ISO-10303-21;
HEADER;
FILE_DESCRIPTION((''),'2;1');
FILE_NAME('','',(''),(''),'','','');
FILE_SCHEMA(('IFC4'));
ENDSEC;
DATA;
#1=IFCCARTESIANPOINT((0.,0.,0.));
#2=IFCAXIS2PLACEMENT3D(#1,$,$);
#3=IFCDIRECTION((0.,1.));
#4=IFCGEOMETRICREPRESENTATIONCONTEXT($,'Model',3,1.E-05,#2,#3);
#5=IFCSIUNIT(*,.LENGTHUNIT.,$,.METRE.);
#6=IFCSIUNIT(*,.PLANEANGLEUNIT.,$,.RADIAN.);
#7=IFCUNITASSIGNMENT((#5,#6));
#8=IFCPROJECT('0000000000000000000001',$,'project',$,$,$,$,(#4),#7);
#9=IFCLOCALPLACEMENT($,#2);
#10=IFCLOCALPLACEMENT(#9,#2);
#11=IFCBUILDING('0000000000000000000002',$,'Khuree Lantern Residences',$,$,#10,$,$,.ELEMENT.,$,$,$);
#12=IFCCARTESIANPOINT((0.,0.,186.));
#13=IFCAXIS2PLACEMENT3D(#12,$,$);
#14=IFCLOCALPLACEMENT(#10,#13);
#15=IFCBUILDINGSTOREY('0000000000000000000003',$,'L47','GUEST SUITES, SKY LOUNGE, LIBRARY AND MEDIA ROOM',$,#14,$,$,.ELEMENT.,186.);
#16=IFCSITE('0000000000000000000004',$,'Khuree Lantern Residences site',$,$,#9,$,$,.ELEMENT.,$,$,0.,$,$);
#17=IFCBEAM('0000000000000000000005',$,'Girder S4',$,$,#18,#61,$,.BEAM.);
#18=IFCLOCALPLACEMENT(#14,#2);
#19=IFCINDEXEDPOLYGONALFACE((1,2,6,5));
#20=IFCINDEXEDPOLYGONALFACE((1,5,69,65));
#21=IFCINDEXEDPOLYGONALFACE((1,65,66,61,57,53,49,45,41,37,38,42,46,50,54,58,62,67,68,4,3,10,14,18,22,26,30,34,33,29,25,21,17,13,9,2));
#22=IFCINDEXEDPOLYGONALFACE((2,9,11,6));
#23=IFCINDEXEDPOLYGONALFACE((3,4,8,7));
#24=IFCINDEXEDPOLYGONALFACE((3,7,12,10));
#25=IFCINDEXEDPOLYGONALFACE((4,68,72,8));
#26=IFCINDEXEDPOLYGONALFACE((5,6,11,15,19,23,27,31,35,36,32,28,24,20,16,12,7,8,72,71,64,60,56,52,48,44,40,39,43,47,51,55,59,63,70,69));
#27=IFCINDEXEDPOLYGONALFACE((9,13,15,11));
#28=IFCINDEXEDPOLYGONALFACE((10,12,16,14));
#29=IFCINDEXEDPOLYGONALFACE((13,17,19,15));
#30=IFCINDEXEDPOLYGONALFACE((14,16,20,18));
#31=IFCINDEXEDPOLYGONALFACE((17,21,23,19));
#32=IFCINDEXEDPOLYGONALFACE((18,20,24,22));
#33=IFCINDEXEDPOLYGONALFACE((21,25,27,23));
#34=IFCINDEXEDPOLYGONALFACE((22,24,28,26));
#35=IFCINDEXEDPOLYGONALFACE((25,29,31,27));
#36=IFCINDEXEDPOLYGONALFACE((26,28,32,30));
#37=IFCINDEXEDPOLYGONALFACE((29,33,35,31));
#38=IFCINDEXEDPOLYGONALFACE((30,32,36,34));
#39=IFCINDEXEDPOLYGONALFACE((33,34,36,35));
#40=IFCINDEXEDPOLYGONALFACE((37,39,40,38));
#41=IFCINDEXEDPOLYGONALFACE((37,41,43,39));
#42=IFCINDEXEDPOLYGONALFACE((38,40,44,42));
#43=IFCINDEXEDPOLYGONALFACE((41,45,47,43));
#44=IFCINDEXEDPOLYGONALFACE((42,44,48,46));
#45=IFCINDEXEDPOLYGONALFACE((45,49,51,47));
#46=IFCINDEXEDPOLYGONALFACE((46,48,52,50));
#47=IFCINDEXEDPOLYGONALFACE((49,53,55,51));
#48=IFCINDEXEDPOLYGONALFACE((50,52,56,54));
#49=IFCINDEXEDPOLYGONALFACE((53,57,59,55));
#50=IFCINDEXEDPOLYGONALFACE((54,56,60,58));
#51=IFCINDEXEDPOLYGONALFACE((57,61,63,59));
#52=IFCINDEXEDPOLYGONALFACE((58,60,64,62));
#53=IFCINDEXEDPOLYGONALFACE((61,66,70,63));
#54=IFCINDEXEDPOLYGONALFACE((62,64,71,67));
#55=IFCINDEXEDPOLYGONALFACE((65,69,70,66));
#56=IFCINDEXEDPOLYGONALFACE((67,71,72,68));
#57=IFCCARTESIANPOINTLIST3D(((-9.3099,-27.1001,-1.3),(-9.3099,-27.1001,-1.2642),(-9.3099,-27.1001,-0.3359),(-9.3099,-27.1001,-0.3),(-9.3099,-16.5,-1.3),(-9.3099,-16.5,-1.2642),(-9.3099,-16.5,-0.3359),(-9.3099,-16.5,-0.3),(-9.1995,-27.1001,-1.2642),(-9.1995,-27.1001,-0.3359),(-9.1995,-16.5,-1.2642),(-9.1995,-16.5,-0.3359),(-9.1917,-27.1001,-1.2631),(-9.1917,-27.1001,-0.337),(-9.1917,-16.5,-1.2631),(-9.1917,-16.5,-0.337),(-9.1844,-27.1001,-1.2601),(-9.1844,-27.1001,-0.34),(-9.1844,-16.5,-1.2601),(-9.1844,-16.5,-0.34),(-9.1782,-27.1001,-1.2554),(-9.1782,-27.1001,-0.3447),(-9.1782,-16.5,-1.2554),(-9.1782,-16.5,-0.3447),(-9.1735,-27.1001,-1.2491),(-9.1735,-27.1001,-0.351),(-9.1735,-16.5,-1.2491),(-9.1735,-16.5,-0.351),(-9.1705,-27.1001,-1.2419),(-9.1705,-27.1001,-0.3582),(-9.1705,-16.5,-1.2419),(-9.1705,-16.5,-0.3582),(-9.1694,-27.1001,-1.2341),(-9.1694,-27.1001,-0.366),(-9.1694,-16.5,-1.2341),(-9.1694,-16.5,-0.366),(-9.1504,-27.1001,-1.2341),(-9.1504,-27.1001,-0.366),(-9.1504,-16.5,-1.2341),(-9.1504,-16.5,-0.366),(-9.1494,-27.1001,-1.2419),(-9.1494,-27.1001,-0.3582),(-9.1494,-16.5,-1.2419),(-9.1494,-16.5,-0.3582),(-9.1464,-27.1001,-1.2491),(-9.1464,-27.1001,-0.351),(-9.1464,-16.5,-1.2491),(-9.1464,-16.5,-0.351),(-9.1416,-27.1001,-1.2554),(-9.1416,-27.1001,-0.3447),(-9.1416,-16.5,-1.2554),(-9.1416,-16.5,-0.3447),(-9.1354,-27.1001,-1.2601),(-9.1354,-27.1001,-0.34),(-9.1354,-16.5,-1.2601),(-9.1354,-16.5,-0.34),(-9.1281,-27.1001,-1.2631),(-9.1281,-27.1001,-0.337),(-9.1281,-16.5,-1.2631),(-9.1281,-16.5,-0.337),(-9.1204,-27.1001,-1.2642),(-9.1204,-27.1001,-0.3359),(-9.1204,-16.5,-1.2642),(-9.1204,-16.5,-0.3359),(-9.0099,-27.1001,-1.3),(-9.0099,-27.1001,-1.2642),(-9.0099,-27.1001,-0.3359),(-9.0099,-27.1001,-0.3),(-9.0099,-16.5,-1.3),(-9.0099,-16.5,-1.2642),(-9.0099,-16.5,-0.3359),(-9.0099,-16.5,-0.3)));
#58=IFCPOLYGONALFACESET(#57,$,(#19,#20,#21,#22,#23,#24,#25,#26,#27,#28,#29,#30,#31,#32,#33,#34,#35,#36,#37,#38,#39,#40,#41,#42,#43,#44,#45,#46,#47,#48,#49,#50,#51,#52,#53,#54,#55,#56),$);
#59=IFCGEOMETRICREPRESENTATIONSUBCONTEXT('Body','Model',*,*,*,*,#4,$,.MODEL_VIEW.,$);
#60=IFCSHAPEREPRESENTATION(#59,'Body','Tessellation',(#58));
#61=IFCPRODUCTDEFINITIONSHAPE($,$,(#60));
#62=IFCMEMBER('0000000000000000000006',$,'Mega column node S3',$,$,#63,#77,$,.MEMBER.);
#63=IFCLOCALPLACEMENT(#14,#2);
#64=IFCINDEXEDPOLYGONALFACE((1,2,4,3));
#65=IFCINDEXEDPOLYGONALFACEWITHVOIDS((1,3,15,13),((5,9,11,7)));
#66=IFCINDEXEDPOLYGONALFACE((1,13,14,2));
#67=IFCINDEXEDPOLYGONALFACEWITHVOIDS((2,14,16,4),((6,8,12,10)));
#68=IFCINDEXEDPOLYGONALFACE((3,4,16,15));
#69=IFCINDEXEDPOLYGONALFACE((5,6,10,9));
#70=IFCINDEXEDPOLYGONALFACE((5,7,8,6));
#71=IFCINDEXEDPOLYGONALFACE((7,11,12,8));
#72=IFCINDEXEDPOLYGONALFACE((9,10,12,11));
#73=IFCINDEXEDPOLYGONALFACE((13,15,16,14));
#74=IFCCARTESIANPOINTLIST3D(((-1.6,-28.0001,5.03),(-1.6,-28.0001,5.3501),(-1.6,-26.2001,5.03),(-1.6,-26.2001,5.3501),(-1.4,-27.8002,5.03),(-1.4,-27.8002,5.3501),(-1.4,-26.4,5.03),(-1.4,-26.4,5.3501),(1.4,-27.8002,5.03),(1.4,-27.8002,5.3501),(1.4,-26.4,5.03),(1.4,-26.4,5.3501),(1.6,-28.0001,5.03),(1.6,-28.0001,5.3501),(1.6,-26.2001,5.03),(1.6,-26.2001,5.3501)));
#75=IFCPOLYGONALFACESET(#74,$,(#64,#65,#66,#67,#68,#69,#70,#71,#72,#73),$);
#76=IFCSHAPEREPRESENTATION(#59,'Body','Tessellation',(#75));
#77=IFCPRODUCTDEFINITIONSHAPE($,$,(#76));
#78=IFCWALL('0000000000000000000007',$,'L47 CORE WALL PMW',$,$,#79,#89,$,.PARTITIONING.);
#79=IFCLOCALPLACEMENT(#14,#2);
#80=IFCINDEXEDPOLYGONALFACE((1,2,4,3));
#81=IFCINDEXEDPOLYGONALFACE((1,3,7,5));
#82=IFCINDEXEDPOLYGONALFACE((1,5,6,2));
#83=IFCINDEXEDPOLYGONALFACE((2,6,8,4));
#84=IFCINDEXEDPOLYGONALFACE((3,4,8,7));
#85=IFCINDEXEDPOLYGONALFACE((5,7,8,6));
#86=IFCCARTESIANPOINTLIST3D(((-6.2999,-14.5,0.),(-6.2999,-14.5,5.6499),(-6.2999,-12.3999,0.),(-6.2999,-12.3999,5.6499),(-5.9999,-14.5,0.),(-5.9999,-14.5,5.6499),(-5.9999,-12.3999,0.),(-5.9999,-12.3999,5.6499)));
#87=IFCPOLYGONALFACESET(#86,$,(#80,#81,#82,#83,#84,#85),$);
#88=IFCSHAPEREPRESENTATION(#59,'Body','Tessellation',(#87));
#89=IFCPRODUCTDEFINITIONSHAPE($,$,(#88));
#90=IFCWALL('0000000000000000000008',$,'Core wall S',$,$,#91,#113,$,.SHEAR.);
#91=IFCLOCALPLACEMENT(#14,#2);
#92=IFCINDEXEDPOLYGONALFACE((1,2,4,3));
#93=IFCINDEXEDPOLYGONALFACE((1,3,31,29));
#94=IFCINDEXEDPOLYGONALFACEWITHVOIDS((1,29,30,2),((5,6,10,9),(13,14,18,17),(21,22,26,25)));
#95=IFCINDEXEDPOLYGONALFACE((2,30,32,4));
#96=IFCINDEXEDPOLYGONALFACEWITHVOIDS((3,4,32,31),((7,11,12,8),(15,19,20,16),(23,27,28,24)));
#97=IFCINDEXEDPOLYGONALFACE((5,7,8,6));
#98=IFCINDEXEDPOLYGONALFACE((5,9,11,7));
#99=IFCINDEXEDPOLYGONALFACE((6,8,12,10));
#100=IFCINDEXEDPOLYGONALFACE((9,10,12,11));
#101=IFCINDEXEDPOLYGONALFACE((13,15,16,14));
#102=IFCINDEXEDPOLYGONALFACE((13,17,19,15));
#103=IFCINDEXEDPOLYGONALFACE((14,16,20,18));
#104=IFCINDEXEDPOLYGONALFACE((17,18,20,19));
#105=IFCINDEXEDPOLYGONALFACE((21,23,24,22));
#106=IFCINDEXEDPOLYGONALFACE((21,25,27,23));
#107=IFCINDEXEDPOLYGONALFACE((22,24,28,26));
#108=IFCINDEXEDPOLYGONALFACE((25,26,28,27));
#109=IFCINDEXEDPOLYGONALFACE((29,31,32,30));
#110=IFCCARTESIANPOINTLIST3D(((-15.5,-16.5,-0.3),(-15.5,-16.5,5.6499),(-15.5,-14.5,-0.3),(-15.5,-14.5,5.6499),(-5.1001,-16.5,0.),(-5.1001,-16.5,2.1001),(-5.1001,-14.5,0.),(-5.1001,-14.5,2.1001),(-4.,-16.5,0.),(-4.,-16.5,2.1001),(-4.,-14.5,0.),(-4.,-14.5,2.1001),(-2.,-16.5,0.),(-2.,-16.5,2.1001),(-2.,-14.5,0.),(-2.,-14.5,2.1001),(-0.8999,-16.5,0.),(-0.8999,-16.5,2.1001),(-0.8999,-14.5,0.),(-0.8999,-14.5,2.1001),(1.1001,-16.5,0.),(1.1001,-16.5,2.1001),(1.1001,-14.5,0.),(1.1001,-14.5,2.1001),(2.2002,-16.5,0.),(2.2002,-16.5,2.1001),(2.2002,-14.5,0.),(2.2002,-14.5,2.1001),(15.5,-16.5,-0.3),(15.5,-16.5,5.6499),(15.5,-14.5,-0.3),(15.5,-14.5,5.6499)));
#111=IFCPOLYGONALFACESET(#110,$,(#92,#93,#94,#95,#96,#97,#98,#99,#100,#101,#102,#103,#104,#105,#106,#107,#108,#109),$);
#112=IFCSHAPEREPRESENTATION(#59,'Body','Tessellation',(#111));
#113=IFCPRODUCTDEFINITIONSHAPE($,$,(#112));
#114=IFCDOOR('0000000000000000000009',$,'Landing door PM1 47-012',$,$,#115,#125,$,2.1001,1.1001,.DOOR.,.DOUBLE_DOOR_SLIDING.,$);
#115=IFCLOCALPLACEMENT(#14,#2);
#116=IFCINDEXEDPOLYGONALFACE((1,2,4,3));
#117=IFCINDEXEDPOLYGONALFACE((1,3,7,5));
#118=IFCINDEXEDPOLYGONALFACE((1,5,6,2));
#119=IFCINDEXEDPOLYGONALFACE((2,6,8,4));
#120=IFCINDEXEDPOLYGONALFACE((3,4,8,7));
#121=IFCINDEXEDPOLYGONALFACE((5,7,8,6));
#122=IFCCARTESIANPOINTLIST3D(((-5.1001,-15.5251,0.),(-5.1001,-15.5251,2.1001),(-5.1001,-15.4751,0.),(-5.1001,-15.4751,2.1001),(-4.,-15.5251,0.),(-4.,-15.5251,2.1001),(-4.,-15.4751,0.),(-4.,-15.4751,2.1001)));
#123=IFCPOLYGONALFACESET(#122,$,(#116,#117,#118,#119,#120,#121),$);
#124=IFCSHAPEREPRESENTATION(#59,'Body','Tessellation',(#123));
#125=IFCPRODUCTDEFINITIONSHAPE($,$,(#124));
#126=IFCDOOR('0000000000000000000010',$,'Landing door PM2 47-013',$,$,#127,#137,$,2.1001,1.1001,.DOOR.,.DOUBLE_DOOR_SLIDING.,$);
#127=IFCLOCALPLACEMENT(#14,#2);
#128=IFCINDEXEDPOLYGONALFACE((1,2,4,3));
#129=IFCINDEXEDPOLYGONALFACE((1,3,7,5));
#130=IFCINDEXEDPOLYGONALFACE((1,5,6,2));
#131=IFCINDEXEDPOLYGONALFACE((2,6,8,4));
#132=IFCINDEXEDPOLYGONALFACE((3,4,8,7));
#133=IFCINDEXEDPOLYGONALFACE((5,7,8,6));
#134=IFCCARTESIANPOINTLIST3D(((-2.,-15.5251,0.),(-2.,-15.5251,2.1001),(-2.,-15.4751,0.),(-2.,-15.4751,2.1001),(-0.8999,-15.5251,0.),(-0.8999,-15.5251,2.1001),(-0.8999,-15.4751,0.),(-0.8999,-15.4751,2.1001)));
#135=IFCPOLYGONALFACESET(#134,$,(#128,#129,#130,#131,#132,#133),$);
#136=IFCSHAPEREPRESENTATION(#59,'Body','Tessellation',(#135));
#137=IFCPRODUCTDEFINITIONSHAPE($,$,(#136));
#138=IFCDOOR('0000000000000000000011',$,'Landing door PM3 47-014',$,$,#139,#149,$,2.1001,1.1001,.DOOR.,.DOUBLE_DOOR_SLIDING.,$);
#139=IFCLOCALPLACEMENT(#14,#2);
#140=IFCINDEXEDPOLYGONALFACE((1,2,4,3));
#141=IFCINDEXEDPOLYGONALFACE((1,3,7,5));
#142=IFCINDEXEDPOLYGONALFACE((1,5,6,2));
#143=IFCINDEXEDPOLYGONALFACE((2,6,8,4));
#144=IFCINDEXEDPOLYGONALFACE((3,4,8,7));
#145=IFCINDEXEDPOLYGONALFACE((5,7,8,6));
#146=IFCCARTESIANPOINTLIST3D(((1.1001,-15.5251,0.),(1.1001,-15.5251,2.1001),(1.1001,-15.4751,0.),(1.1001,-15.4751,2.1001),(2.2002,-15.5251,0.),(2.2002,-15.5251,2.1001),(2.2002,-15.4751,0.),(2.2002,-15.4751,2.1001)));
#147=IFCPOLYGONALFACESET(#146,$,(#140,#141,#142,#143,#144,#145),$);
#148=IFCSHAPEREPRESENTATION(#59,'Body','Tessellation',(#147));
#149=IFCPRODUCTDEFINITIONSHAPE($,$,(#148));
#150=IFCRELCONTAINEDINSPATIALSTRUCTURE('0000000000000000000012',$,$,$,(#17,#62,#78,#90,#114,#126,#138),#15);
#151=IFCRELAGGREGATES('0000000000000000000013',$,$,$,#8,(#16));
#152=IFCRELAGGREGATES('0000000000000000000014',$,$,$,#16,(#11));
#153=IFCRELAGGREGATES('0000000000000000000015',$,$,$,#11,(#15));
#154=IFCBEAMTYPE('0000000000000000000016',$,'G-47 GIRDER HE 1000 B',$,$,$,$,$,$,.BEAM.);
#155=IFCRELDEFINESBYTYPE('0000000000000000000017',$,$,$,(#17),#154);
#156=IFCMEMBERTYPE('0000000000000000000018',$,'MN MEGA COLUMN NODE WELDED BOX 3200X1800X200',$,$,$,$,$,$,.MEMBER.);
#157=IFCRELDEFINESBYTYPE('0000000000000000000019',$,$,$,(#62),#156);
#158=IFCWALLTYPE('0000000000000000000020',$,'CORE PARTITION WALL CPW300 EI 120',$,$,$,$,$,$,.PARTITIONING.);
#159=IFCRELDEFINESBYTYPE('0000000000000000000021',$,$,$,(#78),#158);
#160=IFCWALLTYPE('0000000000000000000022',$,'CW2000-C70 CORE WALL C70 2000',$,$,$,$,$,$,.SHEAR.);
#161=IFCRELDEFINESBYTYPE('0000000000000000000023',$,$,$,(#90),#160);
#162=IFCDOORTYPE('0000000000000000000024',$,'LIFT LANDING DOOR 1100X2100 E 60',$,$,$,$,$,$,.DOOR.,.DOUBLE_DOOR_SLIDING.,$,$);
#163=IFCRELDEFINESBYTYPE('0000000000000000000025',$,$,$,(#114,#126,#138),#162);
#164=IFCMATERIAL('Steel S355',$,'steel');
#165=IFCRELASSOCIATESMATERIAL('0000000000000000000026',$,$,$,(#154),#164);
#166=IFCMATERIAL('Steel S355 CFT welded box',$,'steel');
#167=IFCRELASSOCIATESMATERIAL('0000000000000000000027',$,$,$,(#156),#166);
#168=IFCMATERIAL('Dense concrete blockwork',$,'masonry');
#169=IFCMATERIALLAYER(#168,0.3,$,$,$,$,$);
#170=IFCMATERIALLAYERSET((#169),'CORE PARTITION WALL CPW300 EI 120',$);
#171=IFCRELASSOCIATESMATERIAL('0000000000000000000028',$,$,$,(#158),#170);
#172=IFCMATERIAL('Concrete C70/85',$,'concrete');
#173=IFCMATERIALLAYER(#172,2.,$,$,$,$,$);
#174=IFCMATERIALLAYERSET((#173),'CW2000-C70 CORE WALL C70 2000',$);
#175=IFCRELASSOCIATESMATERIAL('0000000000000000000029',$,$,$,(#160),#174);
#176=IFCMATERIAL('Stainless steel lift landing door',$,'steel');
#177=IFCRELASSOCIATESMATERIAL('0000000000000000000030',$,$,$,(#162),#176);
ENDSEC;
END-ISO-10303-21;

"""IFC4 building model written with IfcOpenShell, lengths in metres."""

from ifc_helpers import new_model, si_unit, direction, frame, frame_2d, origin, origin_2d, place, context, subcontext, project, spatial, rectangle, hollow_rectangle, i_section, extrude, material, layer, layer_set, material_profile, profile_set, type_object, element, fill, save


model = new_model("IFC4")

# Units and contexts
model_context = context("Model", 3, precision=1e-05, world=origin(), true_north=direction((0.0, 1.0)))
body_context = subcontext(model_context, "Body", "Model", "MODEL_VIEW")
ifc_project = project(units=[si_unit("LENGTHUNIT", "METRE"), si_unit("PLANEANGLEUNIT", "RADIAN")], contexts=[model_context])

# Site, building, storey
site_placement = place(None, origin())
site = spatial("IfcSite", under=ifc_project, at=site_placement, Name="Khuree Lantern Residences site", CompositionType="ELEMENT", RefElevation=0.0)
building_placement = place(site_placement, origin())
building = spatial("IfcBuilding", under=site, at=building_placement, Name="Khuree Lantern Residences", CompositionType="ELEMENT")
storey_placement = place(building_placement, frame((0.0, 0.0, 186.0)))
storey = spatial("IfcBuildingStorey", under=building, at=storey_placement, Name="L47", Description="GUEST SUITES, SKY LOUNGE, LIBRARY AND MEDIA ROOM", CompositionType="ELEMENT", Elevation=186.0)

# Shared definitions
ifc_material_1 = material(Name="Concrete C70/85", Category="concrete")
ifc_material_2 = material(Name="Steel S355 CFT welded box", Category="steel")

# Beam
ifc_material_3 = material(Name="Steel S355", Category="steel")
ifc_material_profile_1 = material_profile(ifc_material_3, i_section(OverallWidth=0.3, OverallDepth=1.0, WebThickness=0.019, FlangeThickness=0.0359, FilletRadius=0.03, at=origin_2d()), Name="HE 1000 B")
ifc_profile_set_1 = profile_set([ifc_material_profile_1], Name="Steel S355")
beam_type_1 = type_object("IfcBeamType", Name="G-47 GIRDER HE 1000 B", PredefinedType="BEAM", material=ifc_profile_set_1)
for number, where, z_axis, x_axis, name in (
    (1, (-9.1599, -27.1001, -0.8), (0.0, 1.0, 0.0), (-1.0, 0.0, 0.0), "Girder S4"),
):
    element("IfcBeam", number, at=place(storey_placement, frame(where, z_axis=z_axis, x_axis=x_axis)), inside=storey, type_object=beam_type_1, Name=name, PredefinedType="BEAM", context=body_context, shape_type="SweptSolid", body=[
        extrude(i_section(OverallWidth=0.3, OverallDepth=1.0, WebThickness=0.019, FlangeThickness=0.0359, FilletRadius=0.03, at=origin_2d()), origin(), (0.0, 0.0, 1.0), 10.6001),
    ])

# Member
ifc_material_profile_2 = material_profile(ifc_material_2, hollow_rectangle(XDim=3.2, YDim=1.8, WallThickness=0.2, at=origin_2d()), Name="WELDED BOX 3200X1800X200")
ifc_profile_set_2 = profile_set([ifc_material_profile_2], Name="Steel S355 CFT welded box")
member_type = type_object("IfcMemberType", Name="MN MEGA COLUMN NODE WELDED BOX 3200X1800X200", PredefinedType="MEMBER", material=ifc_profile_set_2)
member_placement = place(storey_placement, frame((0.0, -27.1001, 5.03), z_axis=(0.0, 0.0, 1.0), x_axis=(1.0, 0.0, 0.0)))
element("IfcMember", 2, at=member_placement, inside=storey, type_object=member_type, Name="Mega column node S3", PredefinedType="MEMBER", context=body_context, shape_type="SweptSolid", body=[
    extrude(hollow_rectangle(XDim=3.2, YDim=1.8, WallThickness=0.2, at=origin_2d()), origin(), (0.0, 0.0, 1.0), 0.3201),
])

# Wall
ifc_material_4 = material(Name="Dense concrete blockwork", Category="masonry")
ifc_layer_1 = layer(ifc_material_4, 0.3)
ifc_layer_set_1 = layer_set([ifc_layer_1], Name="CORE PARTITION WALL CPW300 EI 120")
wall_type_1 = type_object("IfcWallType", Name="CORE PARTITION WALL CPW300 EI 120", PredefinedType="PARTITIONING", material=ifc_layer_set_1)
wall_1_placement = place(storey_placement, frame((-6.1499, -14.5, 0.0), z_axis=(0.0, 0.0, 1.0), x_axis=(0.0, 1.0, 0.0)))
element("IfcWall", 3, at=wall_1_placement, inside=storey, type_object=wall_type_1, Name="L47 CORE WALL PMW", PredefinedType="PARTITIONING", context=body_context, shape_type="SweptSolid", body=[
    extrude(rectangle(XDim=2.1001, YDim=0.3, at=frame_2d((1.05, 0.0))), origin(), (0.0, 0.0, 1.0), 5.6499),
])

# Wall, openings, doors
ifc_layer_2 = layer(ifc_material_1, 2.0)
ifc_layer_set_2 = layer_set([ifc_layer_2], Name="CW2000-C70 CORE WALL C70 2000")
wall_type_2 = type_object("IfcWallType", Name="CW2000-C70 CORE WALL C70 2000", PredefinedType="SHEAR", material=ifc_layer_set_2)
wall_2_placement = place(storey_placement, frame((-15.5, -15.5, -0.3), z_axis=(0.0, 0.0, 1.0), x_axis=(1.0, 0.0, 0.0)))
wall_2 = element("IfcWall", 4, at=wall_2_placement, inside=storey, type_object=wall_type_2, Name="Core wall S", PredefinedType="SHEAR", context=body_context, shape_type="SweptSolid", body=[
    extrude(rectangle(XDim=31.0, YDim=2.0, at=frame_2d((15.5, 0.0))), origin(), (0.0, 0.0, 1.0), 5.95),
])
opening_1_placement = place(wall_2_placement, frame((10.3999, 0.0, 0.3)))
opening_1 = element("IfcOpeningElement", 5, at=opening_1_placement, cuts=wall_2, PredefinedType="OPENING", context=body_context, shape_type="SweptSolid", body=[
    extrude(rectangle(XDim=1.1001, YDim=2.1001, at=frame_2d((0.55, 1.05))), frame((0.0, 1.01, 0.0), z_axis=(0.0, -1.0, 0.0), x_axis=(1.0, 0.0, 0.0)), (0.0, 0.0, 1.0), 2.02),
])
opening_2_placement = place(wall_2_placement, frame((13.5, 0.0, 0.3)))
opening_2 = element("IfcOpeningElement", 6, at=opening_2_placement, cuts=wall_2, PredefinedType="OPENING", context=body_context, shape_type="SweptSolid", body=[
    extrude(rectangle(XDim=1.1001, YDim=2.1001, at=frame_2d((0.55, 1.05))), frame((0.0, 1.01, 0.0), z_axis=(0.0, -1.0, 0.0), x_axis=(1.0, 0.0, 0.0)), (0.0, 0.0, 1.0), 2.02),
])
opening_3_placement = place(wall_2_placement, frame((16.6001, 0.0, 0.3)))
opening_3 = element("IfcOpeningElement", 7, at=opening_3_placement, cuts=wall_2, PredefinedType="OPENING", context=body_context, shape_type="SweptSolid", body=[
    extrude(rectangle(XDim=1.1001, YDim=2.1001, at=frame_2d((0.55, 1.05))), frame((0.0, 1.01, 0.0), z_axis=(0.0, -1.0, 0.0), x_axis=(1.0, 0.0, 0.0)), (0.0, 0.0, 1.0), 2.02),
])
ifc_material_5 = material(Name="Stainless steel lift landing door", Category="steel")
door_type_1 = type_object("IfcDoorType", Name="LIFT LANDING DOOR 1100X2100 E 60", OperationType="DOUBLE_DOOR_SLIDING", PredefinedType="DOOR", material=ifc_material_5)
door_1_placement = place(opening_1_placement, origin())
door_1 = element("IfcDoor", 8, at=door_1_placement, inside=storey, type_object=door_type_1, Name="Landing door PM1 47-012", OperationType="DOUBLE_DOOR_SLIDING", OverallHeight=2.1001, OverallWidth=1.1001, PredefinedType="DOOR", context=body_context, shape_type="SweptSolid", body=[
    extrude(rectangle(XDim=1.1001, YDim=2.1001, at=frame_2d((0.55, 1.05))), frame((0.0, 0.0249, 0.0), z_axis=(0.0, -1.0, 0.0), x_axis=(1.0, 0.0, 0.0)), (0.0, 0.0, 1.0), 0.05),
])
fill(opening_1, door_1)
door_2_placement = place(opening_2_placement, origin())
door_2 = element("IfcDoor", 9, at=door_2_placement, inside=storey, type_object=door_type_1, Name="Landing door PM2 47-013", OperationType="DOUBLE_DOOR_SLIDING", OverallHeight=2.1001, OverallWidth=1.1001, PredefinedType="DOOR", context=body_context, shape_type="SweptSolid", body=[
    extrude(rectangle(XDim=1.1001, YDim=2.1001, at=frame_2d((0.55, 1.05))), frame((0.0, 0.0249, 0.0), z_axis=(0.0, -1.0, 0.0), x_axis=(1.0, 0.0, 0.0)), (0.0, 0.0, 1.0), 0.05),
])
fill(opening_2, door_2)
door_3_placement = place(opening_3_placement, origin())
door_3 = element("IfcDoor", 10, at=door_3_placement, inside=storey, type_object=door_type_1, Name="Landing door PM3 47-014", OperationType="DOUBLE_DOOR_SLIDING", OverallHeight=2.1001, OverallWidth=1.1001, PredefinedType="DOOR", context=body_context, shape_type="SweptSolid", body=[
    extrude(rectangle(XDim=1.1001, YDim=2.1001, at=frame_2d((0.55, 1.05))), frame((0.0, 0.0249, 0.0), z_axis=(0.0, -1.0, 0.0), x_axis=(1.0, 0.0, 0.0)), (0.0, 0.0, 1.0), 0.05),
])
fill(opening_3, door_3)

save(model, "model.ifc")
